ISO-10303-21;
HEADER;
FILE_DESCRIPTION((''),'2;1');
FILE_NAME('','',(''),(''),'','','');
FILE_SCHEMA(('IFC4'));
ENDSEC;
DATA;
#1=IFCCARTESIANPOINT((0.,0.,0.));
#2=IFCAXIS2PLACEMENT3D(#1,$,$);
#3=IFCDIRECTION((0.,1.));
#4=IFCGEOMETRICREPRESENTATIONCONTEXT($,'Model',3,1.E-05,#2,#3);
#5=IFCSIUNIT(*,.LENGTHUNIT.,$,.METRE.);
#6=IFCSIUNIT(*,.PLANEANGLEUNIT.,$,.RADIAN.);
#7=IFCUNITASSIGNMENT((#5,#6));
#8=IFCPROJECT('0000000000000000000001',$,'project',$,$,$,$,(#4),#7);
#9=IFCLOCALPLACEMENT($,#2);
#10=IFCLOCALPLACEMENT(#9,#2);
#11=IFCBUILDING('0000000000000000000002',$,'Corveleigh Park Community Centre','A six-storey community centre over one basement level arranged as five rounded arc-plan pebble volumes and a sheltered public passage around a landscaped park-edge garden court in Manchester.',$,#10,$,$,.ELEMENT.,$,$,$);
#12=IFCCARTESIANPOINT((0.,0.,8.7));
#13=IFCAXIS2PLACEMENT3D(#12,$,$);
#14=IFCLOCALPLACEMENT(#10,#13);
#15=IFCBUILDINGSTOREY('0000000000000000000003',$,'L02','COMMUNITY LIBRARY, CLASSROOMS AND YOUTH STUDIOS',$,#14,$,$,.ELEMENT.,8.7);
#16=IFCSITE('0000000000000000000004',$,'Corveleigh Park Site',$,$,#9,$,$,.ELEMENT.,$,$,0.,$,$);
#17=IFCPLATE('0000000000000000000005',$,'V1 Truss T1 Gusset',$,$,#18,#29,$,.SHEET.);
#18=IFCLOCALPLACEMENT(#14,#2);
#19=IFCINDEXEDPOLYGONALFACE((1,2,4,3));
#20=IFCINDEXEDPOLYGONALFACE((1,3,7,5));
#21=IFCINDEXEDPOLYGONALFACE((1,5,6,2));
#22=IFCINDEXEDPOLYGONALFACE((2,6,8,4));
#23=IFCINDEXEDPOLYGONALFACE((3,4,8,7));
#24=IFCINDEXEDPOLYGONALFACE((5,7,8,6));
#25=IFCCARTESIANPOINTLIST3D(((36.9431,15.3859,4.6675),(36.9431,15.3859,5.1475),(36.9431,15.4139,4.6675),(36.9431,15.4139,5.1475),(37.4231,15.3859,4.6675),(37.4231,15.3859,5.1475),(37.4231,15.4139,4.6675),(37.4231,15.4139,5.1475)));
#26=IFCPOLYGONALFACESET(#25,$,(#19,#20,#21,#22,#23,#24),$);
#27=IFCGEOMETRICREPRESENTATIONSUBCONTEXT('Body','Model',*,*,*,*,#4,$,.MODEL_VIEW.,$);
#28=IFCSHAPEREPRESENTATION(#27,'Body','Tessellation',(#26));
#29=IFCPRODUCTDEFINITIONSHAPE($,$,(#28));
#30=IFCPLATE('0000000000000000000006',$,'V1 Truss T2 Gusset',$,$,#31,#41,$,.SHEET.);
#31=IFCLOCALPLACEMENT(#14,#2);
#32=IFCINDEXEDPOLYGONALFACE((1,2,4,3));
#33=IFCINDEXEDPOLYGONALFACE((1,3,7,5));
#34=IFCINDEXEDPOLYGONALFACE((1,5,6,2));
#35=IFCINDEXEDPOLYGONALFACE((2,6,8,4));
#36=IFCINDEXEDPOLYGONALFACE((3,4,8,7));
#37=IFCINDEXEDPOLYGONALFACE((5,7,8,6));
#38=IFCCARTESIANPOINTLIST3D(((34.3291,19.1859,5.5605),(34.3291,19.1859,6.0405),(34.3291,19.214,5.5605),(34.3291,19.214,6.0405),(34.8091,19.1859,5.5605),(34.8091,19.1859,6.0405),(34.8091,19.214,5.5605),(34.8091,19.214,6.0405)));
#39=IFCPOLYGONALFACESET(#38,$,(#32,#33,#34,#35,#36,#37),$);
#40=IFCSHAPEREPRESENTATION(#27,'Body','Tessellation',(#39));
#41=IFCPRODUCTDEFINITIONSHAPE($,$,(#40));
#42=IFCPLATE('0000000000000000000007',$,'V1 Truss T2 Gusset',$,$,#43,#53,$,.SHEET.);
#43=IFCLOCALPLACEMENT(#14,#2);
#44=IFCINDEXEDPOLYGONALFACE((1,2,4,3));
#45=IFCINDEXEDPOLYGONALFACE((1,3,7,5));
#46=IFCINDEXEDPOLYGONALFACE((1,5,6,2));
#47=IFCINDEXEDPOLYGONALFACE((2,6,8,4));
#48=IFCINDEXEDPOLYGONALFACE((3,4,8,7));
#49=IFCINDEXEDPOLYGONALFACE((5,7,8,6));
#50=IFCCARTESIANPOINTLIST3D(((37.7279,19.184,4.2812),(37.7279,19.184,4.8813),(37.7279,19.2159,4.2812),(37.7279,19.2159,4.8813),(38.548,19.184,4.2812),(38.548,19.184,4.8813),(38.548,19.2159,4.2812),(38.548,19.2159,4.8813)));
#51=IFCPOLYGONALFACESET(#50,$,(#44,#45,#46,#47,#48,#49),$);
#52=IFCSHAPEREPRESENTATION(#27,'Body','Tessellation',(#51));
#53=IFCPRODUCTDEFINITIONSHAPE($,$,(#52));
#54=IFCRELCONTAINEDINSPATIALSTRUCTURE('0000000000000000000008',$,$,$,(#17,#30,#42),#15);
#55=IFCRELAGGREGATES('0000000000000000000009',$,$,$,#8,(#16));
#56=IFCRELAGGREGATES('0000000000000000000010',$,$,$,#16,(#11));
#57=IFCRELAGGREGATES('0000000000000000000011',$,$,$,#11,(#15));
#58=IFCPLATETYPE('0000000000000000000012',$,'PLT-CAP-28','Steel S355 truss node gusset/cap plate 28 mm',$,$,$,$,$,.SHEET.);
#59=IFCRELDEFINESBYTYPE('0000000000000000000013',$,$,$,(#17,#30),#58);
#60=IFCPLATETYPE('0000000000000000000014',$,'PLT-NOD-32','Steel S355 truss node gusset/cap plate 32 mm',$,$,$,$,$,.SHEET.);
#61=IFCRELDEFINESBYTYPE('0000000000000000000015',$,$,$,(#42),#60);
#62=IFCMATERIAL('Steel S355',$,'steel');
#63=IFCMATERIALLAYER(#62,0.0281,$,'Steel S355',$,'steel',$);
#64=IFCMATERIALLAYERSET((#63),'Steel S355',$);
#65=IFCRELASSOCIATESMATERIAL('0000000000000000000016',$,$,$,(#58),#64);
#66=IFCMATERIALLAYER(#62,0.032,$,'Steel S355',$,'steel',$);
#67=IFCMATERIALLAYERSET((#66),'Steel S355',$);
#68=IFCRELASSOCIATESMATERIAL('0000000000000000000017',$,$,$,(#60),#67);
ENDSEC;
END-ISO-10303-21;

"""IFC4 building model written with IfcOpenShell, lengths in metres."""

from ifc_helpers import new_model, si_unit, direction, frame, origin, origin_2d, place, context, subcontext, project, spatial, rectangle, extrude, material, layer, layer_set, type_object, element, save


model = new_model("IFC4")

# Units and contexts
model_context = context("Model", 3, precision=1e-05, world=origin(), true_north=direction((0.0, 1.0)))
body_context = subcontext(model_context, "Body", "Model", "MODEL_VIEW")
ifc_project = project(units=[si_unit("LENGTHUNIT", "METRE"), si_unit("PLANEANGLEUNIT", "RADIAN")], contexts=[model_context])

# Site, building, storey
site_placement = place(None, origin())
site = spatial("IfcSite", under=ifc_project, at=site_placement, Name="Corveleigh Park Site", CompositionType="ELEMENT", RefElevation=0.0)
building_placement = place(site_placement, origin())
building = spatial("IfcBuilding", under=site, at=building_placement, Name="Corveleigh Park Community Centre", Description="A six-storey community centre over one basement level arranged as five rounded arc-plan pebble volumes and a sheltered public passage around a landscaped park-edge garden court in Manchester.", CompositionType="ELEMENT")
storey_placement = place(building_placement, frame((0.0, 0.0, 8.7)))
storey = spatial("IfcBuildingStorey", under=building, at=storey_placement, Name="L02", Description="COMMUNITY LIBRARY, CLASSROOMS AND YOUTH STUDIOS", CompositionType="ELEMENT", Elevation=8.7)

# Shared definitions
ifc_material_1 = material(Name="Steel S355", Category="steel")

# Plates
ifc_layer_1 = layer(ifc_material_1, 0.0281, Name="Steel S355", Category="steel")
ifc_layer_set_1 = layer_set([ifc_layer_1], Name="Steel S355")
plate_type_1 = type_object("IfcPlateType", Name="PLT-CAP-28", Description="Steel S355 truss node gusset/cap plate 28 mm", PredefinedType="SHEET", material=ifc_layer_set_1)
for number, where, z_axis, x_axis, name in (
    (1, (37.1831, 15.3999, 4.6675), (0.0, 0.0, 1.0), (1.0, 0.0, 0.0), "V1 Truss T1 Gusset"),
    (2, (34.5691, 19.2, 5.5605), (0.0, 0.0, 1.0), (1.0, 0.0, 0.0), "V1 Truss T2 Gusset"),
):
    element("IfcPlate", number, at=place(storey_placement, frame(where, z_axis=z_axis, x_axis=x_axis)), inside=storey, type_object=plate_type_1, Name=name, PredefinedType="SHEET", context=body_context, shape_type="SweptSolid", body=[
        extrude(rectangle(XDim=0.48, YDim=0.0281, at=origin_2d()), origin(), (0.0, 0.0, 1.0), 0.48),
    ])
ifc_layer_2 = layer(ifc_material_1, 0.032, Name="Steel S355", Category="steel")
ifc_layer_set_2 = layer_set([ifc_layer_2], Name="Steel S355")
plate_type_2 = type_object("IfcPlateType", Name="PLT-NOD-32", Description="Steel S355 truss node gusset/cap plate 32 mm", PredefinedType="SHEET", material=ifc_layer_set_2)
plate_1_placement = place(storey_placement, frame((38.1379, 19.2, 4.2812), z_axis=(0.0, 0.0, 1.0), x_axis=(1.0, 0.0, 0.0)))
element("IfcPlate", 3, at=plate_1_placement, inside=storey, type_object=plate_type_2, Name="V1 Truss T2 Gusset", PredefinedType="SHEET", context=body_context, shape_type="SweptSolid", body=[
    extrude(rectangle(XDim=0.8201, YDim=0.032, at=origin_2d()), origin(), (0.0, 0.0, 1.0), 0.6001),
])

save(model, "model.ifc")
